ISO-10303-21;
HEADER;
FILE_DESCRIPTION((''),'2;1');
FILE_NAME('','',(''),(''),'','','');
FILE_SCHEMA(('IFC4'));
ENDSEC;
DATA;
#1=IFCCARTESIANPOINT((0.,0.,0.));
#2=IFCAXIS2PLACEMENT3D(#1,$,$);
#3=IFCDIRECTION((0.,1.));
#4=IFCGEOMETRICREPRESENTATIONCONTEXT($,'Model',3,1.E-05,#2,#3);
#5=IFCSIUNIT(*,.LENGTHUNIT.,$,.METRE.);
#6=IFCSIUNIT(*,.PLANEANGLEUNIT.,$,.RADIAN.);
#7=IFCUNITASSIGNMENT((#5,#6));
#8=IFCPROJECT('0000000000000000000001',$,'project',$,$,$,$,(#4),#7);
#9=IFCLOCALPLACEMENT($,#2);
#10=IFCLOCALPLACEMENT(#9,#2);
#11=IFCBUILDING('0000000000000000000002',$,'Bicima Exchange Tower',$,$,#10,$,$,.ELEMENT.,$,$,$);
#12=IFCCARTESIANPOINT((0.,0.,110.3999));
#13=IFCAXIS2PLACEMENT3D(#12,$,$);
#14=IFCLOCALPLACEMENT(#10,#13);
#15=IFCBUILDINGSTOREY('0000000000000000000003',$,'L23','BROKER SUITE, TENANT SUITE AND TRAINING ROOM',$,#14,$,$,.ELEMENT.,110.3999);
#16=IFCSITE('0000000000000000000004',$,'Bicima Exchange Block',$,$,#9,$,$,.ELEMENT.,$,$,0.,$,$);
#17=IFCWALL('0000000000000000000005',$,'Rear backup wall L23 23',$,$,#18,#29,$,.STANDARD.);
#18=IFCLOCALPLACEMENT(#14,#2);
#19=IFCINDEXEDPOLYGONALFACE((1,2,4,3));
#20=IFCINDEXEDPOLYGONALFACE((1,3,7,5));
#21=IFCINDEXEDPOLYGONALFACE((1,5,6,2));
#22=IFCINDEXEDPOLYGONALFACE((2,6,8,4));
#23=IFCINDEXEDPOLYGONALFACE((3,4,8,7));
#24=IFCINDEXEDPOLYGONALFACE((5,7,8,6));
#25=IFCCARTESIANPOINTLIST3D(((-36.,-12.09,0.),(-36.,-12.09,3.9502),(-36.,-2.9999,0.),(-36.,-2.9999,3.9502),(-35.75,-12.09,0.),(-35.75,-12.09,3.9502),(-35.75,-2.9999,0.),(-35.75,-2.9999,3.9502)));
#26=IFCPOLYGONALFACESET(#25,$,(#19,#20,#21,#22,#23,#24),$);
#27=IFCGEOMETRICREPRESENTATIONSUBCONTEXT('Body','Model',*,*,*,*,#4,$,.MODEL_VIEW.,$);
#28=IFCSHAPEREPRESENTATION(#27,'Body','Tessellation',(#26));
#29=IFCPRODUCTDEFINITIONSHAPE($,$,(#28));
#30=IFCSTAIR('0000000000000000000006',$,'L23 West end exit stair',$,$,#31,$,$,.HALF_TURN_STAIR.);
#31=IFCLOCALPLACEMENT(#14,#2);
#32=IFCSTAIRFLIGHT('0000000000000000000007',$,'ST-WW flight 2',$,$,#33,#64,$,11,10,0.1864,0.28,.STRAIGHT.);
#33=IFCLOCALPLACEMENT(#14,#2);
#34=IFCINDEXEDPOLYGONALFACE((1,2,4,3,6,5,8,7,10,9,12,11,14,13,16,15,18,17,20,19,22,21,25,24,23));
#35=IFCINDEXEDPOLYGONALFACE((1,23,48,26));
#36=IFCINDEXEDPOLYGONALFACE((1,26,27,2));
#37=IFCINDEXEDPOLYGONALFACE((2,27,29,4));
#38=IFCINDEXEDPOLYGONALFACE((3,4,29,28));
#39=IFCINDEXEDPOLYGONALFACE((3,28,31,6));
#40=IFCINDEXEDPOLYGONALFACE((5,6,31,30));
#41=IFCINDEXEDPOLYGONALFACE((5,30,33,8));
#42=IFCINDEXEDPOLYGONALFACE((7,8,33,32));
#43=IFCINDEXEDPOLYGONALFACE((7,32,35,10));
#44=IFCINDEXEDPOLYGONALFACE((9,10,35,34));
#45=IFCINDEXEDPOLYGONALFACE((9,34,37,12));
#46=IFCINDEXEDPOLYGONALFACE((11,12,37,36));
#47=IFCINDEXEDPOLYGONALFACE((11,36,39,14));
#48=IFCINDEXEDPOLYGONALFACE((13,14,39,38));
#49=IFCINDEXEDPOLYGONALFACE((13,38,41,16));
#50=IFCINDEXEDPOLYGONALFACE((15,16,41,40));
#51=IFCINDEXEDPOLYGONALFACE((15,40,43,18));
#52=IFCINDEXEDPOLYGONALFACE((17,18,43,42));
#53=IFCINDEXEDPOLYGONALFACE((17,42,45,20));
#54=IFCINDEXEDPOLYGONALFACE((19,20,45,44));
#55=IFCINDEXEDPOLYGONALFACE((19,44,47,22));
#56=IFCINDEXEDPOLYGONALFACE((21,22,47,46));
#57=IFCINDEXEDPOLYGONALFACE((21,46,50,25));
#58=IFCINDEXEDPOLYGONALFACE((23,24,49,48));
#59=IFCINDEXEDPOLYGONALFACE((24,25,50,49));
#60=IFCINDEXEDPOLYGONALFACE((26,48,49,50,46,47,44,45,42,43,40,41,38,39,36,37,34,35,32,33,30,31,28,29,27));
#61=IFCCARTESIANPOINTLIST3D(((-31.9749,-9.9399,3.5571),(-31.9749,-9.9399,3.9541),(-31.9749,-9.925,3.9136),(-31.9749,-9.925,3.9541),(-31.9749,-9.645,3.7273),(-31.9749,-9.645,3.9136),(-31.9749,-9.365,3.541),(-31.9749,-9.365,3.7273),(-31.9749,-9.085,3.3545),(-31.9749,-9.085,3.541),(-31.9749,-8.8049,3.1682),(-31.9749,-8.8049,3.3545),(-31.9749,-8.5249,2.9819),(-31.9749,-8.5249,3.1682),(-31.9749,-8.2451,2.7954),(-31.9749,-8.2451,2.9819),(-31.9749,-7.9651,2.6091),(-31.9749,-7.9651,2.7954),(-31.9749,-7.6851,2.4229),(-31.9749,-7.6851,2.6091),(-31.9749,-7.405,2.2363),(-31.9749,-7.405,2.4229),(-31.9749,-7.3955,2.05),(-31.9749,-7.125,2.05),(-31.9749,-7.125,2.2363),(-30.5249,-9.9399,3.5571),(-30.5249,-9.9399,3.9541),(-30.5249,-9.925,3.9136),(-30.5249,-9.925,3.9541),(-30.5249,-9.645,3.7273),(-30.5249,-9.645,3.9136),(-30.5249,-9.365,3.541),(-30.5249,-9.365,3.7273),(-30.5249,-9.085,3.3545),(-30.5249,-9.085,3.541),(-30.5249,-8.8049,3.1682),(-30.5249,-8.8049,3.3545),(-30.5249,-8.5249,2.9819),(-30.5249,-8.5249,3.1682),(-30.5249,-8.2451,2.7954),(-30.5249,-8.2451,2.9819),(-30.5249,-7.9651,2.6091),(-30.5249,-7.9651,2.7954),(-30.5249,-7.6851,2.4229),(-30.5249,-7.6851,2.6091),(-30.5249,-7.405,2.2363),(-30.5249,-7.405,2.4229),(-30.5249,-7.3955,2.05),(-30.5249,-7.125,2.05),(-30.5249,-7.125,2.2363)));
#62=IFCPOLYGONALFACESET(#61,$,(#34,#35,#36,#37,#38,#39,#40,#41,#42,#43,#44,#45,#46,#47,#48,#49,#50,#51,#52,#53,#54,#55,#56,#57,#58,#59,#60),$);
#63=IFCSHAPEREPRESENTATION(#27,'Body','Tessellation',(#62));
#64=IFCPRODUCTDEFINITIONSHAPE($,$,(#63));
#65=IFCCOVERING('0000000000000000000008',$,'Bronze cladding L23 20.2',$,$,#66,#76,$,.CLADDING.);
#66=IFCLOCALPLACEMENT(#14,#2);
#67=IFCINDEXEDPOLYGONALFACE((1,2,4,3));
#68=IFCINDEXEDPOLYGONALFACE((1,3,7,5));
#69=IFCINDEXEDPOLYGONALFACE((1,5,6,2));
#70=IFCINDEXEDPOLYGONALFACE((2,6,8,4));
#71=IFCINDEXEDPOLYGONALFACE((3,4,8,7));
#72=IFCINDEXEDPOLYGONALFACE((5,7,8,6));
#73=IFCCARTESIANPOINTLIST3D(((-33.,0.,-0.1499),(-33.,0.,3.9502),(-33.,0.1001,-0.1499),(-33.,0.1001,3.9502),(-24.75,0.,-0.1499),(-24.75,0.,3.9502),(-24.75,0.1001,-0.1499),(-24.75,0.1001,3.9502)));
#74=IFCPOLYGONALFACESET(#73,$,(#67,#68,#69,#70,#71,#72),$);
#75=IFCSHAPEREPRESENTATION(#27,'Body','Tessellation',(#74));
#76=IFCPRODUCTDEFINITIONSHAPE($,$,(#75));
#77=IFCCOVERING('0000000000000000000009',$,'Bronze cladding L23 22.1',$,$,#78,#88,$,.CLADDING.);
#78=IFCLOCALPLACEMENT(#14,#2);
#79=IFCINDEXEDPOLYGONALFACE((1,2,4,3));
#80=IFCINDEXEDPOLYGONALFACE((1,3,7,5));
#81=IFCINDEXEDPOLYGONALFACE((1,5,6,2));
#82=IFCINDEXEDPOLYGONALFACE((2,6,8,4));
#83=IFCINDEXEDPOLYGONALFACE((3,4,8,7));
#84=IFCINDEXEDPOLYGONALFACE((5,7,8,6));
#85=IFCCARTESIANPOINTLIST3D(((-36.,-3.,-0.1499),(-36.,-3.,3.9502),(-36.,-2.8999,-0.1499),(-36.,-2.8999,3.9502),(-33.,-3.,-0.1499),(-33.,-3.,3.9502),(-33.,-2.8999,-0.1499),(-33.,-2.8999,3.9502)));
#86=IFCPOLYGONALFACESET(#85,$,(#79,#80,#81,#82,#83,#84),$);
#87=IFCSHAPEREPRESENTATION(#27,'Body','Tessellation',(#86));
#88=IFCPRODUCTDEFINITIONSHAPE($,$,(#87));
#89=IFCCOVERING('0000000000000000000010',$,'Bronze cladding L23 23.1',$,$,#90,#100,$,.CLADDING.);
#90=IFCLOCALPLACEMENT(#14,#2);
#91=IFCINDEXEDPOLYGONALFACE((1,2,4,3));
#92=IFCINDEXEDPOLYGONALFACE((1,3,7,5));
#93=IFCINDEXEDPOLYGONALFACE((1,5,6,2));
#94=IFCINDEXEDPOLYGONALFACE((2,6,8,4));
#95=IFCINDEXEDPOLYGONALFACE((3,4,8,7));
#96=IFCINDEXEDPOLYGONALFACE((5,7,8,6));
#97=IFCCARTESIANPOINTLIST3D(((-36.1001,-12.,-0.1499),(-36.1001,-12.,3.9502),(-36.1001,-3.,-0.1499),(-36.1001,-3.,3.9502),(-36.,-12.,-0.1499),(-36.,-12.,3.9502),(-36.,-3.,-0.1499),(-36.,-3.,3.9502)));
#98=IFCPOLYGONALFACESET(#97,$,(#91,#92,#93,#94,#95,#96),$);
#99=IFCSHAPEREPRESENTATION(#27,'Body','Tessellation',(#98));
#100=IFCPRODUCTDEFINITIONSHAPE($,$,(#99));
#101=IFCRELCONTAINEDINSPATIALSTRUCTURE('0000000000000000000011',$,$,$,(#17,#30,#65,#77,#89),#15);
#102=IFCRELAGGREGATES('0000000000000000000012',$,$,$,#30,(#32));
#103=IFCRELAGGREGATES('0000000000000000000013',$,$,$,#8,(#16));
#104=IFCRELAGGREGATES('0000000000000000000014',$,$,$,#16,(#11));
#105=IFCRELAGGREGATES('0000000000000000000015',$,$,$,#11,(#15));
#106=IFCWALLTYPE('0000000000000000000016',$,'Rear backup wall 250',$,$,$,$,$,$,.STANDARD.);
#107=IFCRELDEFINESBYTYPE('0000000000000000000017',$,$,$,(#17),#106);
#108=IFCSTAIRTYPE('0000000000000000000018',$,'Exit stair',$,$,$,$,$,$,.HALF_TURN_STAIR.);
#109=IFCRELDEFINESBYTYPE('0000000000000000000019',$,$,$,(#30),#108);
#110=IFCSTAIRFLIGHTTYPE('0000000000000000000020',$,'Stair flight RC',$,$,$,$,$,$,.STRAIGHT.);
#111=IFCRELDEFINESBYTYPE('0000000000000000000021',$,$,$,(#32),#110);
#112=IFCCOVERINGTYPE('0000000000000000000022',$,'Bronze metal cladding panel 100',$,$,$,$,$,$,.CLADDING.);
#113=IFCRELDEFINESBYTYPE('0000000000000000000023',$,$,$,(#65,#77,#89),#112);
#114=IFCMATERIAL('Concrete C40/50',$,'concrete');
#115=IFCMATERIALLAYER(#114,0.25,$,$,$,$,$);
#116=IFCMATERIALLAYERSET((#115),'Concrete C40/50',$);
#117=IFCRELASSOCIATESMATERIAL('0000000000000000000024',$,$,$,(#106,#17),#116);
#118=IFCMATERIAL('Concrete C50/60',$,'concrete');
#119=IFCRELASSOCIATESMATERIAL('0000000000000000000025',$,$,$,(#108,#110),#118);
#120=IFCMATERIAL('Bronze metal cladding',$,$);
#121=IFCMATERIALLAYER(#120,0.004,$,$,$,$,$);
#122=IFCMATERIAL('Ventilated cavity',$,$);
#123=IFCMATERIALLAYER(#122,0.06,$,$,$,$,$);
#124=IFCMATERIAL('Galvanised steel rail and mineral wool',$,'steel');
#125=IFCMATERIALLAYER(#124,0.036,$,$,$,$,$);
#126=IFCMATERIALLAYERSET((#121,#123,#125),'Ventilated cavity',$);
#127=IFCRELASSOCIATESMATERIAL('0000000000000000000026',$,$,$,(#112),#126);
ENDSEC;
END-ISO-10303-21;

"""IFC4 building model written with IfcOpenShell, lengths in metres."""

from ifc_helpers import new_model, si_unit, direction, frame, frame_2d, origin, origin_2d, place, context, subcontext, project, spatial, polyline, rectangle, outline, extrude, material, layer, layer_set, layer_usage, type_object, element, aggregate, save


model = new_model("IFC4")

# Units and contexts
model_context = context("Model", 3, precision=1e-05, world=origin(), true_north=direction((0.0, 1.0)))
body_context = subcontext(model_context, "Body", "Model", "MODEL_VIEW")
ifc_project = project(units=[si_unit("LENGTHUNIT", "METRE"), si_unit("PLANEANGLEUNIT", "RADIAN")], contexts=[model_context])

# Site, building, storey
site_placement = place(None, origin())
site = spatial("IfcSite", under=ifc_project, at=site_placement, Name="Bicima Exchange Block", CompositionType="ELEMENT", RefElevation=0.0)
building_placement = place(site_placement, origin())
building = spatial("IfcBuilding", under=site, at=building_placement, Name="Bicima Exchange Tower", CompositionType="ELEMENT")
storey_placement = place(building_placement, frame((0.0, 0.0, 110.3999)))
storey = spatial("IfcBuildingStorey", under=building, at=storey_placement, Name="L23", Description="BROKER SUITE, TENANT SUITE AND TRAINING ROOM", CompositionType="ELEMENT", Elevation=110.3999)

# Wall
ifc_material_1 = material(Name="Concrete C50/60", Category="concrete")
ifc_material_2 = material(Name="Concrete C40/50", Category="concrete")
ifc_layer_1 = layer(ifc_material_2, 0.25)
ifc_layer_set_1 = layer_set([ifc_layer_1], Name="Concrete C40/50")
ifc_layer_usage = layer_usage(ifc_layer_set_1, "AXIS2", "POSITIVE", -0.125)
wall_type_1 = type_object("IfcWallType", Name="Rear backup wall 250", PredefinedType="STANDARD", material=ifc_layer_set_1)
wall_1_placement = place(storey_placement, frame((-35.875, -3.0, 0.0), z_axis=(0.0, 0.0, 1.0), x_axis=(0.0, -1.0, 0.0)))
element("IfcWall", 1, at=wall_1_placement, inside=storey, type_object=wall_type_1, material=ifc_layer_usage, Name="Rear backup wall L23 23", PredefinedType="STANDARD", context=body_context, shape_type="SweptSolid", body=[
    extrude(rectangle(XDim=9.0901, YDim=0.25, at=frame_2d((4.5449, 0.0))), origin(), (0.0, 0.0, 1.0), 3.9502),
])

# Stair, stair flight
stair_type = type_object("IfcStairType", Name="Exit stair", PredefinedType="HALF_TURN_STAIR", material=ifc_material_1)
stair_placement = place(storey_placement, origin())
stair = element("IfcStair", 2, at=stair_placement, inside=storey, type_object=stair_type, Name="L23 West end exit stair", PredefinedType="HALF_TURN_STAIR")
stair_flight_type = type_object("IfcStairFlightType", Name="Stair flight RC", PredefinedType="STRAIGHT", material=ifc_material_1)
stair_flight_placement = place(storey_placement, frame((-31.25, -7.125, 2.05), z_axis=(0.0, 0.0, 1.0), x_axis=(0.0, -1.0, 0.0)))
stair_flight = element("IfcStairFlight", 3, at=stair_flight_placement, type_object=stair_flight_type, Name="ST-WW flight 2", NumberOfRisers=11, NumberOfTreads=10, PredefinedType="STRAIGHT", RiserHeight=0.1864, TreadLength=0.28, context=body_context, shape_type="SweptSolid", body=[
    extrude(outline(polyline([(0.0, 0.0), (0.0, 0.1863), (0.28, 0.1863), (0.28, 0.3728), (0.5601, 0.3728), (0.5601, 0.5591), (0.8401, 0.5591), (0.8401, 0.7454), (1.1201, 0.7454), (1.1201, 0.9319), (1.3999, 0.9319), (1.3999, 1.1182), (1.6799, 1.1182), (1.6799, 1.3044), (1.96, 1.3044), (1.96, 1.491), (2.24, 1.491), (2.24, 1.6772), (2.52, 1.6772), (2.52, 1.8635), (2.8, 1.8635), (2.8, 1.9041), (2.8149, 1.9041), (2.8149, 1.5071), (0.2705, 0.0), (0.0, 0.0)])), frame((0.0, 0.7251, 0.0), z_axis=(0.0, -1.0, 0.0), x_axis=(1.0, 0.0, 0.0)), (0.0, 0.0, 1.0), 1.45),
])
aggregate(stair, [stair_flight])

# Coverings
ifc_material_3 = material(Name="Bronze metal cladding")
ifc_layer_2 = layer(ifc_material_3, 0.004)
ifc_material_4 = material(Name="Ventilated cavity")
ifc_layer_3 = layer(ifc_material_4, 0.06)
ifc_material_5 = material(Name="Galvanised steel rail and mineral wool", Category="steel")
ifc_layer_4 = layer(ifc_material_5, 0.036)
ifc_layer_set_2 = layer_set([ifc_layer_2, ifc_layer_3, ifc_layer_4], Name="Ventilated cavity")
covering_type = type_object("IfcCoveringType", Name="Bronze metal cladding panel 100", PredefinedType="CLADDING", material=ifc_layer_set_2)
covering_1_placement = place(storey_placement, frame((-28.875, 0.05, -0.1499), z_axis=(0.0, 0.0, 1.0), x_axis=(-1.0, 0.0, 0.0)))
element("IfcCovering", 4, at=covering_1_placement, inside=storey, type_object=covering_type, Name="Bronze cladding L23 20.2", PredefinedType="CLADDING", context=body_context, shape_type="SweptSolid", body=[
    extrude(rectangle(XDim=8.25, YDim=0.1001, at=origin_2d()), origin(), (0.0, 0.0, 1.0), 4.1001),
])
covering_2_placement = place(storey_placement, frame((-34.5, -2.95, -0.1499), z_axis=(0.0, 0.0, 1.0), x_axis=(-1.0, 0.0, 0.0)))
element("IfcCovering", 5, at=covering_2_placement, inside=storey, type_object=covering_type, Name="Bronze cladding L23 22.1", PredefinedType="CLADDING", context=body_context, shape_type="SweptSolid", body=[
    extrude(rectangle(XDim=3.0, YDim=0.1001, at=origin_2d()), origin(), (0.0, 0.0, 1.0), 4.1001),
])
covering_3_placement = place(storey_placement, frame((-36.05, -7.5, -0.1499), z_axis=(0.0, 0.0, 1.0), x_axis=(0.0, -1.0, 0.0)))
element("IfcCovering", 6, at=covering_3_placement, inside=storey, type_object=covering_type, Name="Bronze cladding L23 23.1", PredefinedType="CLADDING", context=body_context, shape_type="SweptSolid", body=[
    extrude(rectangle(XDim=9.0, YDim=0.1001, at=origin_2d()), origin(), (0.0, 0.0, 1.0), 4.1001),
])

save(model, "model.ifc")
